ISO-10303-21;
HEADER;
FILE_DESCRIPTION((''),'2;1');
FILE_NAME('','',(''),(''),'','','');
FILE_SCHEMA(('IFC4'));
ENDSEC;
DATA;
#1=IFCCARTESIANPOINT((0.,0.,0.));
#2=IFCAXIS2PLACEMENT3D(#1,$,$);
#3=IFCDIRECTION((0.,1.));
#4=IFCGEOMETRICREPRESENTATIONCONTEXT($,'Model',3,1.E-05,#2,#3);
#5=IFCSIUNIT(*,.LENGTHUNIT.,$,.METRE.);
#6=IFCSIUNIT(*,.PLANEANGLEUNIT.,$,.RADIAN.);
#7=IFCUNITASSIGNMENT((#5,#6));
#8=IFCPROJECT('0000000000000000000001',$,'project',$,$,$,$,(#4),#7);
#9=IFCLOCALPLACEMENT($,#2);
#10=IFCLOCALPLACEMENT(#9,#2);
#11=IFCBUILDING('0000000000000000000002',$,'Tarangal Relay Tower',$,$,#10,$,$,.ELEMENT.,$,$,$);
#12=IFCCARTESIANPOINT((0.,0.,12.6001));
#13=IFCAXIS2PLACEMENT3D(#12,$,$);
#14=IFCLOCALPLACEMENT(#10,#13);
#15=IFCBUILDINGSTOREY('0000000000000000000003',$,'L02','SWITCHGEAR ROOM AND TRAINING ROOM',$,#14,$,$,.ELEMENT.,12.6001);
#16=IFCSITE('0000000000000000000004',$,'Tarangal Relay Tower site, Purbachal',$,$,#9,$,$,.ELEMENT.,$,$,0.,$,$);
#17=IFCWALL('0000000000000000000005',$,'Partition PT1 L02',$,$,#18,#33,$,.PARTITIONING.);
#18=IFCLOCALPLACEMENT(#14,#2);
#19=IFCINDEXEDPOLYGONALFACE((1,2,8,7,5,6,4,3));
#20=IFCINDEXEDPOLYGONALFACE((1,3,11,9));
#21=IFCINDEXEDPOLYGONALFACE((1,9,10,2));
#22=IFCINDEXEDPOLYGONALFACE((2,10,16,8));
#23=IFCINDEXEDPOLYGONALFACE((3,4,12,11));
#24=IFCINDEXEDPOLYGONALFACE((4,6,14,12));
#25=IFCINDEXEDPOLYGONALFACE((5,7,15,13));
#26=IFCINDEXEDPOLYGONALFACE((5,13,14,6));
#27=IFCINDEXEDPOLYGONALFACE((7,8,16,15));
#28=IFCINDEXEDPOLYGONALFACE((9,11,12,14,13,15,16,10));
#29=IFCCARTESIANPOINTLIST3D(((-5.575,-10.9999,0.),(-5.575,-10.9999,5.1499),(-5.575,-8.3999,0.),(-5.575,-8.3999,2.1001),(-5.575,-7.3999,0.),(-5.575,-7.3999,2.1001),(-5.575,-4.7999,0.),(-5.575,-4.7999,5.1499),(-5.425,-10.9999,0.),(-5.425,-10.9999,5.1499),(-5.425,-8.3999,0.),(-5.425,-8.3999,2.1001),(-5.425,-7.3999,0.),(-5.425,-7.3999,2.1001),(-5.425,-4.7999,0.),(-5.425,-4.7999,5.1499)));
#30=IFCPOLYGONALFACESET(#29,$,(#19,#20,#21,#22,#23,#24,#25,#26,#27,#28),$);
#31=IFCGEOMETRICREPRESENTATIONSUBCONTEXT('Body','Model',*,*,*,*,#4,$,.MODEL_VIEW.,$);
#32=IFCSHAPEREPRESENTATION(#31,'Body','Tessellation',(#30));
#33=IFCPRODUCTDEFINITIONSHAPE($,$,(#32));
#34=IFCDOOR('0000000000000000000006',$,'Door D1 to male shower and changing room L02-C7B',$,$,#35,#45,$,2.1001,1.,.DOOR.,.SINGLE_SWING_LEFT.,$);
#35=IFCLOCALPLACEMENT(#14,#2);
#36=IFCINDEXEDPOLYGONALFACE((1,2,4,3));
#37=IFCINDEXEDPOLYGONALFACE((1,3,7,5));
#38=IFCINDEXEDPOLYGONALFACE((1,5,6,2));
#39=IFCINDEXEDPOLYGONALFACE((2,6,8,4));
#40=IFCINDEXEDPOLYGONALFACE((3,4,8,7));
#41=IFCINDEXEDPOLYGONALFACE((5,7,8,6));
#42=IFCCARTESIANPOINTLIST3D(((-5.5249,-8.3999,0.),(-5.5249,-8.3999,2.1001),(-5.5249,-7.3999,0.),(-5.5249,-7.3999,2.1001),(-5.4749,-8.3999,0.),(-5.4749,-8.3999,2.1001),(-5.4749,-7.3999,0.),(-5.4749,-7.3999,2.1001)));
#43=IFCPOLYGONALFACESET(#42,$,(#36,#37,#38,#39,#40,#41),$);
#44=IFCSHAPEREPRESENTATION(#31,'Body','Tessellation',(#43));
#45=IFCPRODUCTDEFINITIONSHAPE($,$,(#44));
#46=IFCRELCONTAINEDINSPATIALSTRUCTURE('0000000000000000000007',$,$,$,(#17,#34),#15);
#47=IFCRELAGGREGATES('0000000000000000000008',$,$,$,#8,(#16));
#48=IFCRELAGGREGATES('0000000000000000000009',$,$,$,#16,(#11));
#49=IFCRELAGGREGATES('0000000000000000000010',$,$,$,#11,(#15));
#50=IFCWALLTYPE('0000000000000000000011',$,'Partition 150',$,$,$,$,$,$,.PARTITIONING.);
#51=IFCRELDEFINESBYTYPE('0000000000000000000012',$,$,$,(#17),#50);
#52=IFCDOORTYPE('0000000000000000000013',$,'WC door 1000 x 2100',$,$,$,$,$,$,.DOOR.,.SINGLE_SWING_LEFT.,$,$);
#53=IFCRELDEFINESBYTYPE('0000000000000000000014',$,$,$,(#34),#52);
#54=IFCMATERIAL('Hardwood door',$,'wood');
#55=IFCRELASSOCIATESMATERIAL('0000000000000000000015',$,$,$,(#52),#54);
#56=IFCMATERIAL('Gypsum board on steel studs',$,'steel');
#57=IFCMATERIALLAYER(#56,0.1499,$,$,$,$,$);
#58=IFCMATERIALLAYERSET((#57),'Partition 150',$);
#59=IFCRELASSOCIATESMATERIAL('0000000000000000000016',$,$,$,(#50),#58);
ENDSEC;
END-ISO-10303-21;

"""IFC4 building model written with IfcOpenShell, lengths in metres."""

from ifc_helpers import new_model, si_unit, direction, frame, frame_2d, origin, place, context, subcontext, project, spatial, rectangle, extrude, material, layer, layer_set, type_object, element, fill, save


model = new_model("IFC4")

# Units and contexts
model_context = context("Model", 3, precision=1e-05, world=origin(), true_north=direction((0.0, 1.0)))
body_context = subcontext(model_context, "Body", "Model", "MODEL_VIEW")
ifc_project = project(units=[si_unit("LENGTHUNIT", "METRE"), si_unit("PLANEANGLEUNIT", "RADIAN")], contexts=[model_context])

# Site, building, storey
site_placement = place(None, origin())
site = spatial("IfcSite", under=ifc_project, at=site_placement, Name="Tarangal Relay Tower site, Purbachal", CompositionType="ELEMENT", RefElevation=0.0)
building_placement = place(site_placement, origin())
building = spatial("IfcBuilding", under=site, at=building_placement, Name="Tarangal Relay Tower", CompositionType="ELEMENT")
storey_placement = place(building_placement, frame((0.0, 0.0, 12.6001)))
storey = spatial("IfcBuildingStorey", under=building, at=storey_placement, Name="L02", Description="SWITCHGEAR ROOM AND TRAINING ROOM", CompositionType="ELEMENT", Elevation=12.6001)

# Shared definitions
ifc_material_1 = material(Name="Hardwood door", Category="wood")
door_type_1 = type_object("IfcDoorType", Name="WC door 1000 x 2100", OperationType="SINGLE_SWING_LEFT", PredefinedType="DOOR", material=ifc_material_1)

# Wall, opening, door
ifc_material_2 = material(Name="Gypsum board on steel studs", Category="steel")
ifc_layer_1 = layer(ifc_material_2, 0.1499)
ifc_layer_set_1 = layer_set([ifc_layer_1], Name="Partition 150")
wall_type_1 = type_object("IfcWallType", Name="Partition 150", PredefinedType="PARTITIONING", material=ifc_layer_set_1)
wall_1_placement = place(storey_placement, frame((-5.5, -11.0, 0.0), z_axis=(0.0, 0.0, 1.0), x_axis=(0.0, 1.0, 0.0)))
wall_1 = element("IfcWall", 1, at=wall_1_placement, inside=storey, type_object=wall_type_1, Name="Partition PT1 L02", PredefinedType="PARTITIONING", context=body_context, shape_type="SweptSolid", body=[
    extrude(rectangle(XDim=6.2, YDim=0.1499, at=frame_2d((3.1001, 0.0))), origin(), (0.0, 0.0, 1.0), 5.1499),
])
opening_1_placement = place(wall_1_placement, frame((2.6001, 0.0, 0.0)))
opening_1 = element("IfcOpeningElement", 2, at=opening_1_placement, cuts=wall_1, PredefinedType="OPENING", context=body_context, shape_type="SweptSolid", body=[
    extrude(rectangle(XDim=1.0, YDim=2.1001, at=frame_2d((0.5, 1.05))), frame((0.0, 0.085, 0.0), z_axis=(0.0, -1.0, 0.0), x_axis=(1.0, 0.0, 0.0)), (0.0, 0.0, 1.0), 0.1699),
])
door_1_placement = place(opening_1_placement, origin())
door_1 = element("IfcDoor", 3, at=door_1_placement, inside=storey, type_object=door_type_1, Name="Door D1 to male shower and changing room L02-C7B", OperationType="SINGLE_SWING_LEFT", OverallHeight=2.1001, OverallWidth=1.0, PredefinedType="DOOR", context=body_context, shape_type="SweptSolid", body=[
    extrude(rectangle(XDim=1.0, YDim=2.1001, at=frame_2d((0.5, 1.05))), frame((0.0, 0.0249, 0.0), z_axis=(0.0, -1.0, 0.0), x_axis=(1.0, 0.0, 0.0)), (0.0, 0.0, 1.0), 0.05),
])
fill(opening_1, door_1)

save(model, "model.ifc")
